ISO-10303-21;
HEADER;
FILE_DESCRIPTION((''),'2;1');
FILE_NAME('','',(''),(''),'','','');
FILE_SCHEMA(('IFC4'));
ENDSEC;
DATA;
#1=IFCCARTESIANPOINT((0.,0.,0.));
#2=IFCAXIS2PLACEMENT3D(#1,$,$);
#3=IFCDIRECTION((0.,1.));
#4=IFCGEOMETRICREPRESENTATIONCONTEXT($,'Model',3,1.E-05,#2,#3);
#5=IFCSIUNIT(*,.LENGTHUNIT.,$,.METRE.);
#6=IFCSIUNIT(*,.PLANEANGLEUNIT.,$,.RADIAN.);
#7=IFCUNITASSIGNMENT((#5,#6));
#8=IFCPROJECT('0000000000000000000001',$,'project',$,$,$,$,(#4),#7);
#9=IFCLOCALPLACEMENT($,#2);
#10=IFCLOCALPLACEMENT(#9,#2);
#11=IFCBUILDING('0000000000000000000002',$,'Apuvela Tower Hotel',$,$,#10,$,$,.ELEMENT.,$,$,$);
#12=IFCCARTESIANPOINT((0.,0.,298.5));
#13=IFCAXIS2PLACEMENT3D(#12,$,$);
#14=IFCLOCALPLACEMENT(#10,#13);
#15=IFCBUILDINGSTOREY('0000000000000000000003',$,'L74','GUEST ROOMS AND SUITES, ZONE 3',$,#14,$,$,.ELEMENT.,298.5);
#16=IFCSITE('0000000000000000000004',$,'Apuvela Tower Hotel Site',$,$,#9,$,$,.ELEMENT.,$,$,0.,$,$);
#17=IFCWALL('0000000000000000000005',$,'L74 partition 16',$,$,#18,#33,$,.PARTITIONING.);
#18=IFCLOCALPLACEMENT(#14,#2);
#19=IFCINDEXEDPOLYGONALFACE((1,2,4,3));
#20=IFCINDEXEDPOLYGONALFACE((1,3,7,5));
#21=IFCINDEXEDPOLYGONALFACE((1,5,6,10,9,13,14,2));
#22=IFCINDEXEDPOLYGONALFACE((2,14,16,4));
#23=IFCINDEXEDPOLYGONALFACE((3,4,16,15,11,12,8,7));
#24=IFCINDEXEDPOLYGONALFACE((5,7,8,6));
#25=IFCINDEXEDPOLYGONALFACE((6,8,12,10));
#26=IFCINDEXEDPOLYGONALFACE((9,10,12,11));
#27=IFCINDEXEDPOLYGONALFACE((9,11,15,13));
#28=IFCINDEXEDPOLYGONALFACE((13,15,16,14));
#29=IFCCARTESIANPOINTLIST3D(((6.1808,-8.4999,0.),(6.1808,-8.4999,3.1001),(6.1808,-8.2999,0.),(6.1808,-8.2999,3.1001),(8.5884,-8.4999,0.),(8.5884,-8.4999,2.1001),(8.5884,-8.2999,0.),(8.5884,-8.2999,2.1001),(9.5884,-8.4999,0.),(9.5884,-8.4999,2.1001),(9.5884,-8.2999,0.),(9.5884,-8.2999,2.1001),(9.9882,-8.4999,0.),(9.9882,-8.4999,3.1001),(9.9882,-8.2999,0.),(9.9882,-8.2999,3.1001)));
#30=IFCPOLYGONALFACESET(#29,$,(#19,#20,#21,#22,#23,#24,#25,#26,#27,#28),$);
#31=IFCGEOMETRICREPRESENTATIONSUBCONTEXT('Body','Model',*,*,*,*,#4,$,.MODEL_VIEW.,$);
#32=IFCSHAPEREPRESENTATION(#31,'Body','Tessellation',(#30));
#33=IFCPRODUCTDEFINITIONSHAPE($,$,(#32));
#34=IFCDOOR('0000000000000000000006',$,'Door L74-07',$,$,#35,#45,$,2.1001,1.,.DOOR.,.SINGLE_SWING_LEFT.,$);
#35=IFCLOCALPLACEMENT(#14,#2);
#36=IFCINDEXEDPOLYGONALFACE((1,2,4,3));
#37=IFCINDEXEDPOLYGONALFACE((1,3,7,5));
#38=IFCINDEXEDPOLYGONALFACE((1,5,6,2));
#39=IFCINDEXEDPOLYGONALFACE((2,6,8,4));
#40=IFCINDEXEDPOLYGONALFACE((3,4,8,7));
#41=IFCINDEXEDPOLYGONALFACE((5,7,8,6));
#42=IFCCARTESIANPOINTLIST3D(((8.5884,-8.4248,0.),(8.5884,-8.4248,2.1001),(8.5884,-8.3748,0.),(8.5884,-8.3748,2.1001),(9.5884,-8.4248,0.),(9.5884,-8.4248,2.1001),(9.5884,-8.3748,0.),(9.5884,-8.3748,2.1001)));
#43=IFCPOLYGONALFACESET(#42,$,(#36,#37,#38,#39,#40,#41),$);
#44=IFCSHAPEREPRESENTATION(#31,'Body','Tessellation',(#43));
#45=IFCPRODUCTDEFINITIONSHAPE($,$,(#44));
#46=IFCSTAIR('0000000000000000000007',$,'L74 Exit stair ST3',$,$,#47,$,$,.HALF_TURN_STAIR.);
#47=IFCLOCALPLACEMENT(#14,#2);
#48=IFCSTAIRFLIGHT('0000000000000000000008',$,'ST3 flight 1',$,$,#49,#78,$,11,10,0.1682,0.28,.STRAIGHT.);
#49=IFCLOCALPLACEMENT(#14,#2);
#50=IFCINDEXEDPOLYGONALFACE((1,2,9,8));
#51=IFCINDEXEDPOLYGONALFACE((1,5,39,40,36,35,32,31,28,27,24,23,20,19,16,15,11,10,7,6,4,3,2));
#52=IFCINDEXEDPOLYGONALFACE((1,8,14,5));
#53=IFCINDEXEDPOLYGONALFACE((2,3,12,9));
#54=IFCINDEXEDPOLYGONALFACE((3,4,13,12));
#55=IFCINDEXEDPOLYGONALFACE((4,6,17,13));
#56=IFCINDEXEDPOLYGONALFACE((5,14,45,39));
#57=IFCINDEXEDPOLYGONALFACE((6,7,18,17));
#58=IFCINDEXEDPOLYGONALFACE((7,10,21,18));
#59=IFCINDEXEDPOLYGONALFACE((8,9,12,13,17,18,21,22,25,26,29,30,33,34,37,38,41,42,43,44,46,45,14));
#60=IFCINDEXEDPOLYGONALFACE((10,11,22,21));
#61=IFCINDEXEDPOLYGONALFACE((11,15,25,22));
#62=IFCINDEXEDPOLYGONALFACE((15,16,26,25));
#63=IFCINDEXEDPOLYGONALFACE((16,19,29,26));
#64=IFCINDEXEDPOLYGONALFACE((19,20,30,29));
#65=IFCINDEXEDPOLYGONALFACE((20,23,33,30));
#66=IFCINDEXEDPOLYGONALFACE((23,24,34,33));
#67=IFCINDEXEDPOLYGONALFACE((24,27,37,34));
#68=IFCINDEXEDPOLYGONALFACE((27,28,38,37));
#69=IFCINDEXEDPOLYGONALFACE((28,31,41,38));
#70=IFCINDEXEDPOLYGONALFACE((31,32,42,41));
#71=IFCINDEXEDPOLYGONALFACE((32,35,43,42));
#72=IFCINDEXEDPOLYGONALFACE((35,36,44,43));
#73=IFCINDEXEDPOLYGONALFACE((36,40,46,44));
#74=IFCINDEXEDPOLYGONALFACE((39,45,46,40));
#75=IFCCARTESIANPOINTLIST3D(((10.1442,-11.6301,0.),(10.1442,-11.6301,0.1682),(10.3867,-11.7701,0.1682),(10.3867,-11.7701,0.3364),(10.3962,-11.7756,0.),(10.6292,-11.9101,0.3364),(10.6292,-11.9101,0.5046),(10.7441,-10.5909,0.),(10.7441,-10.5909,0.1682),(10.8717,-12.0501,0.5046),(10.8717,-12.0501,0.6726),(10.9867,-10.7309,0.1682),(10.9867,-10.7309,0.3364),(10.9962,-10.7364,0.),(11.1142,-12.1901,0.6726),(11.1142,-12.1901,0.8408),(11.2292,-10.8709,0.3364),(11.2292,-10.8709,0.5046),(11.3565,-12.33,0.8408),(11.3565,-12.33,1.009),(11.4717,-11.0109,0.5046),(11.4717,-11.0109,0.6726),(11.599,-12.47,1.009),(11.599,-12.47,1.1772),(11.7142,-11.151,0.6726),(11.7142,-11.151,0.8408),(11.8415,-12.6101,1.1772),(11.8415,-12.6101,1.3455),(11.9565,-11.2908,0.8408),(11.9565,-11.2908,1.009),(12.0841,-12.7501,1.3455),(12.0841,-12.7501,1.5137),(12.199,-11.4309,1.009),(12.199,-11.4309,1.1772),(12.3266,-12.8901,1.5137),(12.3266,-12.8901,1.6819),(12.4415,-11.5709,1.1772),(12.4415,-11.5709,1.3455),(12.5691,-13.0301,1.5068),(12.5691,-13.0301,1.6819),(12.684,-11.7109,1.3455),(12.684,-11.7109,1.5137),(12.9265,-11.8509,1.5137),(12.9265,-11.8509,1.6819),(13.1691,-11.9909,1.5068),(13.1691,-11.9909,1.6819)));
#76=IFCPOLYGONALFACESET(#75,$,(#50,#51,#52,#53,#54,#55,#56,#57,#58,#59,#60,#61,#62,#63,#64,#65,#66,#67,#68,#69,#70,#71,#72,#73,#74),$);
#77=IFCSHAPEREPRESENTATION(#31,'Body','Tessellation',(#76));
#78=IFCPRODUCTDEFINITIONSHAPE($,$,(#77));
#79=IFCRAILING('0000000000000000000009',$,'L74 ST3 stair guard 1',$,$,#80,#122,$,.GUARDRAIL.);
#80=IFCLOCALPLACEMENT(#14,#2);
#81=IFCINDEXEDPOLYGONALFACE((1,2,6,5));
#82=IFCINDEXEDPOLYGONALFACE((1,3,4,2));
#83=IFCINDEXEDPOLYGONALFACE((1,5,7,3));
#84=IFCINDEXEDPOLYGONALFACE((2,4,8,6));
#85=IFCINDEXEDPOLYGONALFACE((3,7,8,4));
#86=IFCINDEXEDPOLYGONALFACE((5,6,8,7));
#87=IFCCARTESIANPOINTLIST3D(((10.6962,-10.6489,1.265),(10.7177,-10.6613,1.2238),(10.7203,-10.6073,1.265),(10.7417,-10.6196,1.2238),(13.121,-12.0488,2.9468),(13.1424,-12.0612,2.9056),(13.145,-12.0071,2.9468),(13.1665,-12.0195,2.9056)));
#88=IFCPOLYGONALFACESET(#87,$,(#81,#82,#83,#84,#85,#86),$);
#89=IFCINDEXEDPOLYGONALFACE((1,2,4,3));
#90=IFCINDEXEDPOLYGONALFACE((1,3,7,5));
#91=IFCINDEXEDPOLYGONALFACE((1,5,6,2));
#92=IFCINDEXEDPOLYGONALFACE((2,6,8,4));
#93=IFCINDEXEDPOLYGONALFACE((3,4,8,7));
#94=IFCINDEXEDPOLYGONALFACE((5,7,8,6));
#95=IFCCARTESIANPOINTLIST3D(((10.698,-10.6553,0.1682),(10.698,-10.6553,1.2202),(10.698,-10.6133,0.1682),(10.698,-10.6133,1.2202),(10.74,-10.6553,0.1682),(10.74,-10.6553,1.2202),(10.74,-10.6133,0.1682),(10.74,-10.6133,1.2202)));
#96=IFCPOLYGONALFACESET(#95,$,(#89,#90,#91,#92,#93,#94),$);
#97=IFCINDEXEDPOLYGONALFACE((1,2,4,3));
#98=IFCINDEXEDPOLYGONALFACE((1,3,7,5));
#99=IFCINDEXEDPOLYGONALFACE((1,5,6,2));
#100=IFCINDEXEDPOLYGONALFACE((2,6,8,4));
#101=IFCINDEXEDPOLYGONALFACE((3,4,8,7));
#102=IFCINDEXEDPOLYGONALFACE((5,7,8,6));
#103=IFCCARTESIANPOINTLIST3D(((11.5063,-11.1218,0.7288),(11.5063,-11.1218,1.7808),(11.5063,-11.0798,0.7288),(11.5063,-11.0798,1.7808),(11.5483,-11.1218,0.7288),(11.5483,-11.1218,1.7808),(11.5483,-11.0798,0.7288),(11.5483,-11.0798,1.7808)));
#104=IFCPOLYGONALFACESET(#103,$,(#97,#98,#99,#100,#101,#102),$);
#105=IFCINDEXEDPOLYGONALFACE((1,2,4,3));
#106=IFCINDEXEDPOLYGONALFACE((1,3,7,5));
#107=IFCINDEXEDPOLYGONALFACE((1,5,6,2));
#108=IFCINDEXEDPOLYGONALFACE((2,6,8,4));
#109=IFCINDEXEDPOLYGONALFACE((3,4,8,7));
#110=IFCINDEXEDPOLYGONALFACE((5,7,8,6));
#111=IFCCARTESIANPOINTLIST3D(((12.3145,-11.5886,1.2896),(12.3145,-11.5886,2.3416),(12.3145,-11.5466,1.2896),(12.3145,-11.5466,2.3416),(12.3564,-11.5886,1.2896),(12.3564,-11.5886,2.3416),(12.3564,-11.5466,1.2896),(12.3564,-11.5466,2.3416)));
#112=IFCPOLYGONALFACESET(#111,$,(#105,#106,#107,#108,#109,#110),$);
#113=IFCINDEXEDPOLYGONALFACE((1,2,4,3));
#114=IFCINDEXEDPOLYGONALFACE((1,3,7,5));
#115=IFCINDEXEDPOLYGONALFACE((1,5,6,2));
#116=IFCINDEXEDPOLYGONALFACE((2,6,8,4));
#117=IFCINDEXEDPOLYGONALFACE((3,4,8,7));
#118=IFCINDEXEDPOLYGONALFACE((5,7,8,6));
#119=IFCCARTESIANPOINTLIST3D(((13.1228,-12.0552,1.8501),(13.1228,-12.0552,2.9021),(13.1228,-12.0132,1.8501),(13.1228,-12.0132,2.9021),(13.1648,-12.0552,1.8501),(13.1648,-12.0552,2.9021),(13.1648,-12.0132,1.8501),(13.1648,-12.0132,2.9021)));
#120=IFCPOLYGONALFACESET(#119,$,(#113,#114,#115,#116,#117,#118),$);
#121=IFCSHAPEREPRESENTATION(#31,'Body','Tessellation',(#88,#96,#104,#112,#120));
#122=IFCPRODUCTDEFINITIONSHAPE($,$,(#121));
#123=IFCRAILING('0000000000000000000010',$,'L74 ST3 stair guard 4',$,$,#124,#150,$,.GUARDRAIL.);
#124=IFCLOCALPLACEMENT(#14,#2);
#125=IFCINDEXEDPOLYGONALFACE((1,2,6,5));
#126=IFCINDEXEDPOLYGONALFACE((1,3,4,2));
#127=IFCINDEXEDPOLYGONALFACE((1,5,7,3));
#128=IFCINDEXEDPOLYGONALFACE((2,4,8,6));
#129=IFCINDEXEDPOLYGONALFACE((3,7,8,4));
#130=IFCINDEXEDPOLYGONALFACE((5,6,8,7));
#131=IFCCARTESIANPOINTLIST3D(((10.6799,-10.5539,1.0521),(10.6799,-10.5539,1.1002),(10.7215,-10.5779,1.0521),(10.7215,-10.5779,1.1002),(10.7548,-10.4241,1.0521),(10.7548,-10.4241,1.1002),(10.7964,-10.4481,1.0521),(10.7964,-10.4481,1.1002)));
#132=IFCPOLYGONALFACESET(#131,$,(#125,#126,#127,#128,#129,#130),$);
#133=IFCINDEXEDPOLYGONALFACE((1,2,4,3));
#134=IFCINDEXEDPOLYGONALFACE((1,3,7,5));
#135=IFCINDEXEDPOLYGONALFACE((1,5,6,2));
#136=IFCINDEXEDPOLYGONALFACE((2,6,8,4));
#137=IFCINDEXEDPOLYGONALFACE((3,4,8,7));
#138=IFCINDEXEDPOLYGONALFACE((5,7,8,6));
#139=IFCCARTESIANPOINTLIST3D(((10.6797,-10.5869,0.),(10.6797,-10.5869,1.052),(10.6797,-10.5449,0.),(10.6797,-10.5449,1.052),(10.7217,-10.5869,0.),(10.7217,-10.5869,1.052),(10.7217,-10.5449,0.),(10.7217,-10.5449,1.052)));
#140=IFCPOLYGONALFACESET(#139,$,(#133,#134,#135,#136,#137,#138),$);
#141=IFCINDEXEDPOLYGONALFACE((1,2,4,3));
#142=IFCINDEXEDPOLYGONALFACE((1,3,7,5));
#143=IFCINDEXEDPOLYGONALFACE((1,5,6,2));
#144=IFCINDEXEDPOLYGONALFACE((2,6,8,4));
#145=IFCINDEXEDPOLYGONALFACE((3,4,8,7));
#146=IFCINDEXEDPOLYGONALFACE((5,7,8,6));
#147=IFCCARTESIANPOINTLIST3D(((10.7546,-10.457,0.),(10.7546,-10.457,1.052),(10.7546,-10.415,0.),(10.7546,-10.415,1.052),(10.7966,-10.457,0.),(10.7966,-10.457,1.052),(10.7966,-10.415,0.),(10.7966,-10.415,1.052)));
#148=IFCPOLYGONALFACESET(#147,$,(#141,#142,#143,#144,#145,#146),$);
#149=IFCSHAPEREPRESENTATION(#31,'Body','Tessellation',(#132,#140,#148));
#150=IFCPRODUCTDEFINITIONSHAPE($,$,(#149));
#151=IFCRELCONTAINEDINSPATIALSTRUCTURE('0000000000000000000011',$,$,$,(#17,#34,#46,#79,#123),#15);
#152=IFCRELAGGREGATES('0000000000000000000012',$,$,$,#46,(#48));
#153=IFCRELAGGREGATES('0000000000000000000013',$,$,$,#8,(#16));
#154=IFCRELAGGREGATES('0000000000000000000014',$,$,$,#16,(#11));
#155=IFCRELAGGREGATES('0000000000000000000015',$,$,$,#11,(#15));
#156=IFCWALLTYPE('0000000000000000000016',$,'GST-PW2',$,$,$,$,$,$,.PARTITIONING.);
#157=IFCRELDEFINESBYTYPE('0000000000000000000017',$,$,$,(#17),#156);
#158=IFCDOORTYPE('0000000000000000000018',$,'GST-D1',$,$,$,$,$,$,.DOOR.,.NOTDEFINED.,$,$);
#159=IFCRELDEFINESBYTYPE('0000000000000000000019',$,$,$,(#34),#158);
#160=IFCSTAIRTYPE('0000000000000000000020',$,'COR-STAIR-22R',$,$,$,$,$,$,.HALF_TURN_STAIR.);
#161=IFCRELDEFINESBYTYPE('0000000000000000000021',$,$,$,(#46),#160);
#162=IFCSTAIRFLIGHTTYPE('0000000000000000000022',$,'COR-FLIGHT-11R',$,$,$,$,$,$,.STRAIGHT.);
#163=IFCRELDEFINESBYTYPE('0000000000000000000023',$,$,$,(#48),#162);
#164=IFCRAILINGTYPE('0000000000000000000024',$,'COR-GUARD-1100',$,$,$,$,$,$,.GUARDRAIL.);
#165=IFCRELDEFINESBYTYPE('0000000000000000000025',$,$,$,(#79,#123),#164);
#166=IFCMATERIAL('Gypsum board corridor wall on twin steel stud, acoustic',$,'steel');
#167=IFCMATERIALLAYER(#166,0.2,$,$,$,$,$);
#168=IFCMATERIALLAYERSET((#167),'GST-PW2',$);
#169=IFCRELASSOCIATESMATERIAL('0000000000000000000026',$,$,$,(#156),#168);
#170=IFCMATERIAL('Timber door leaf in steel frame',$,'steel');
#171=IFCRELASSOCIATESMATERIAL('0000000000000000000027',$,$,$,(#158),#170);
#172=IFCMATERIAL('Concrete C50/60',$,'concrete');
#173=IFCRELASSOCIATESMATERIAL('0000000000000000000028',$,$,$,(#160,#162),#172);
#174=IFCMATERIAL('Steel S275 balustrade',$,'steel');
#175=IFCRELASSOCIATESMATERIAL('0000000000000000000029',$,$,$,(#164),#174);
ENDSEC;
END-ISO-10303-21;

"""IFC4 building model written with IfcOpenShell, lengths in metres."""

from ifc_helpers import new_model, si_unit, direction, frame, frame_2d, origin, origin_2d, place, context, subcontext, project, spatial, polyline, rectangle, outline, extrude, material, layer, layer_set, type_object, element, fill, aggregate, save


model = new_model("IFC4")

# Units and contexts
model_context = context("Model", 3, precision=1e-05, world=origin(), true_north=direction((0.0, 1.0)))
body_context = subcontext(model_context, "Body", "Model", "MODEL_VIEW")
ifc_project = project(units=[si_unit("LENGTHUNIT", "METRE"), si_unit("PLANEANGLEUNIT", "RADIAN")], contexts=[model_context])

# Site, building, storey
site_placement = place(None, origin())
site = spatial("IfcSite", under=ifc_project, at=site_placement, Name="Apuvela Tower Hotel Site", CompositionType="ELEMENT", RefElevation=0.0)
building_placement = place(site_placement, origin())
building = spatial("IfcBuilding", under=site, at=building_placement, Name="Apuvela Tower Hotel", CompositionType="ELEMENT")
storey_placement = place(building_placement, frame((0.0, 0.0, 298.5)))
storey = spatial("IfcBuildingStorey", under=building, at=storey_placement, Name="L74", Description="GUEST ROOMS AND SUITES, ZONE 3", CompositionType="ELEMENT", Elevation=298.5)

# Shared definitions
ifc_material_1 = material(Name="Concrete C50/60", Category="concrete")

# Wall, opening, door
ifc_material_2 = material(Name="Gypsum board corridor wall on twin steel stud, acoustic", Category="steel")
ifc_layer_1 = layer(ifc_material_2, 0.2)
ifc_layer_set_1 = layer_set([ifc_layer_1], Name="GST-PW2")
wall_type_1 = type_object("IfcWallType", Name="GST-PW2", PredefinedType="PARTITIONING", material=ifc_layer_set_1)
ifc_material_3 = material(Name="Timber door leaf in steel frame", Category="steel")
door_type_1 = type_object("IfcDoorType", Name="GST-D1", OperationType="NOTDEFINED", PredefinedType="DOOR", material=ifc_material_3)
wall_1_placement = place(storey_placement, frame((9.9883, -8.3999, 0.0), z_axis=(0.0, 0.0, 1.0), x_axis=(-1.0, 0.0, 0.0)))
wall_1 = element("IfcWall", 1, at=wall_1_placement, inside=storey, type_object=wall_type_1, Name="L74 partition 16", PredefinedType="PARTITIONING", context=body_context, shape_type="SweptSolid", body=[
    extrude(rectangle(XDim=3.8074, YDim=0.2, at=frame_2d((1.9038, 0.0))), origin(), (0.0, 0.0, 1.0), 3.1001),
])
opening_1_placement = place(wall_1_placement, frame((0.3999, 0.0, 0.0)))
opening_1 = element("IfcOpeningElement", 2, at=opening_1_placement, cuts=wall_1, PredefinedType="OPENING", context=body_context, shape_type="SweptSolid", body=[
    extrude(rectangle(XDim=1.0, YDim=2.1001, at=frame_2d((0.5, 1.05))), frame((0.0, 0.1099, 0.0), z_axis=(0.0, -1.0, 0.0), x_axis=(1.0, 0.0, 0.0)), (0.0, 0.0, 1.0), 0.22),
])
door_1_placement = place(opening_1_placement, origin())
door_1 = element("IfcDoor", 3, at=door_1_placement, inside=storey, type_object=door_type_1, Name="Door L74-07", OperationType="SINGLE_SWING_LEFT", OverallHeight=2.1001, OverallWidth=1.0, PredefinedType="DOOR", context=body_context, shape_type="SweptSolid", body=[
    extrude(rectangle(XDim=1.0, YDim=2.1001, at=frame_2d((0.5, 1.05))), frame((0.0, 0.0249, 0.0), z_axis=(0.0, -1.0, 0.0), x_axis=(1.0, 0.0, 0.0)), (0.0, 0.0, 1.0), 0.05),
])
fill(opening_1, door_1)

# Stair, stair flight
stair_type = type_object("IfcStairType", Name="COR-STAIR-22R", PredefinedType="HALF_TURN_STAIR", material=ifc_material_1)
stair_placement = place(storey_placement, origin())
stair = element("IfcStair", 4, at=stair_placement, inside=storey, type_object=stair_type, Name="L74 Exit stair ST3", PredefinedType="HALF_TURN_STAIR")
stair_flight_type = type_object("IfcStairFlightType", Name="COR-FLIGHT-11R", PredefinedType="STRAIGHT", material=ifc_material_1)
stair_flight_placement = place(storey_placement, frame((10.4441, -11.1106, 0.0), z_axis=(0.0, 0.0, 1.0), x_axis=(0.866025, -0.5, 0.0)))
stair_flight = element("IfcStairFlight", 5, at=stair_flight_placement, type_object=stair_flight_type, Name="ST3 flight 1", NumberOfRisers=11, NumberOfTreads=10, PredefinedType="STRAIGHT", RiserHeight=0.1682, TreadLength=0.28, context=body_context, shape_type="SweptSolid", body=[
    extrude(outline(polyline([(0.0, 0.0), (0.0, 0.1682), (0.28, 0.1682), (0.28, 0.3364), (0.5601, 0.3364), (0.5601, 0.5046), (0.8401, 0.5046), (0.8401, 0.6726), (1.1201, 0.6726), (1.1201, 0.8408), (1.3999, 0.8408), (1.3999, 1.009), (1.6799, 1.009), (1.6799, 1.1772), (1.96, 1.1772), (1.96, 1.3455), (2.24, 1.3455), (2.24, 1.5137), (2.52, 1.5137), (2.52, 1.6819), (2.8, 1.6819), (2.8, 1.8501), (2.8, 1.5068), (0.291, 0.0), (0.0, 0.0)])), frame((0.0, 0.6001, 0.0), z_axis=(0.0, -1.0, 0.0), x_axis=(1.0, 0.0, 0.0)), (0.0, 0.0, 1.0), 1.2),
])
aggregate(stair, [stair_flight])

# Railings
ifc_material_4 = material(Name="Steel S275 balustrade", Category="steel")
railing_type_1 = type_object("IfcRailingType", Name="COR-GUARD-1100", PredefinedType="GUARDRAIL", material=ifc_material_4)
railing_1_placement = place(storey_placement, frame((10.719, -10.6343, 0.1682)))
element("IfcRailing", 6, at=railing_1_placement, inside=storey, type_object=railing_type_1, Name="L74 ST3 stair guard 1", PredefinedType="GUARDRAIL", context=body_context, shape_type="SweptSolid", body=[
    extrude(rectangle(XDim=0.0481, YDim=0.0481, at=origin_2d()), frame((0.0, 0.0, 1.0762), z_axis=(0.74239, -0.428601, 0.514934), x_axis=(0.499984, 0.866035, 0.0)), (0.0, 0.0, 1.0), 3.2661),
    extrude(rectangle(XDim=0.042, YDim=0.042, at=origin_2d()), origin(), (0.0, 0.0, 1.0), 1.052),
    extrude(rectangle(XDim=0.042, YDim=0.042, at=origin_2d()), frame((0.8083, -0.4666, 0.5605)), (0.0, 0.0, 1.0), 1.052),
    extrude(rectangle(XDim=0.042, YDim=0.042, at=origin_2d()), frame((1.6165, -0.9333, 1.1213)), (0.0, 0.0, 1.0), 1.052),
    extrude(rectangle(XDim=0.042, YDim=0.042, at=origin_2d()), frame((2.4248, -1.3999, 1.6819)), (0.0, 0.0, 1.0), 1.052),
])
railing_2_placement = place(storey_placement, frame((10.7007, -10.5659, 0.0)))
element("IfcRailing", 7, at=railing_2_placement, inside=storey, type_object=railing_type_1, Name="L74 ST3 stair guard 4", PredefinedType="GUARDRAIL", context=body_context, shape_type="SweptSolid", body=[
    extrude(rectangle(XDim=0.0481, YDim=0.0481, at=origin_2d()), frame((0.0, 0.0, 1.0762), z_axis=(0.499816, 0.866131, 0.0), x_axis=(-0.866131, 0.499816, 0.0)), (0.0, 0.0, 1.0), 0.1499),
    extrude(rectangle(XDim=0.042, YDim=0.042, at=origin_2d()), origin(), (0.0, 0.0, 1.0), 1.052),
    extrude(rectangle(XDim=0.042, YDim=0.042, at=origin_2d()), frame((0.075, 0.1299, 0.0)), (0.0, 0.0, 1.0), 1.052),
])

save(model, "model.ifc")
